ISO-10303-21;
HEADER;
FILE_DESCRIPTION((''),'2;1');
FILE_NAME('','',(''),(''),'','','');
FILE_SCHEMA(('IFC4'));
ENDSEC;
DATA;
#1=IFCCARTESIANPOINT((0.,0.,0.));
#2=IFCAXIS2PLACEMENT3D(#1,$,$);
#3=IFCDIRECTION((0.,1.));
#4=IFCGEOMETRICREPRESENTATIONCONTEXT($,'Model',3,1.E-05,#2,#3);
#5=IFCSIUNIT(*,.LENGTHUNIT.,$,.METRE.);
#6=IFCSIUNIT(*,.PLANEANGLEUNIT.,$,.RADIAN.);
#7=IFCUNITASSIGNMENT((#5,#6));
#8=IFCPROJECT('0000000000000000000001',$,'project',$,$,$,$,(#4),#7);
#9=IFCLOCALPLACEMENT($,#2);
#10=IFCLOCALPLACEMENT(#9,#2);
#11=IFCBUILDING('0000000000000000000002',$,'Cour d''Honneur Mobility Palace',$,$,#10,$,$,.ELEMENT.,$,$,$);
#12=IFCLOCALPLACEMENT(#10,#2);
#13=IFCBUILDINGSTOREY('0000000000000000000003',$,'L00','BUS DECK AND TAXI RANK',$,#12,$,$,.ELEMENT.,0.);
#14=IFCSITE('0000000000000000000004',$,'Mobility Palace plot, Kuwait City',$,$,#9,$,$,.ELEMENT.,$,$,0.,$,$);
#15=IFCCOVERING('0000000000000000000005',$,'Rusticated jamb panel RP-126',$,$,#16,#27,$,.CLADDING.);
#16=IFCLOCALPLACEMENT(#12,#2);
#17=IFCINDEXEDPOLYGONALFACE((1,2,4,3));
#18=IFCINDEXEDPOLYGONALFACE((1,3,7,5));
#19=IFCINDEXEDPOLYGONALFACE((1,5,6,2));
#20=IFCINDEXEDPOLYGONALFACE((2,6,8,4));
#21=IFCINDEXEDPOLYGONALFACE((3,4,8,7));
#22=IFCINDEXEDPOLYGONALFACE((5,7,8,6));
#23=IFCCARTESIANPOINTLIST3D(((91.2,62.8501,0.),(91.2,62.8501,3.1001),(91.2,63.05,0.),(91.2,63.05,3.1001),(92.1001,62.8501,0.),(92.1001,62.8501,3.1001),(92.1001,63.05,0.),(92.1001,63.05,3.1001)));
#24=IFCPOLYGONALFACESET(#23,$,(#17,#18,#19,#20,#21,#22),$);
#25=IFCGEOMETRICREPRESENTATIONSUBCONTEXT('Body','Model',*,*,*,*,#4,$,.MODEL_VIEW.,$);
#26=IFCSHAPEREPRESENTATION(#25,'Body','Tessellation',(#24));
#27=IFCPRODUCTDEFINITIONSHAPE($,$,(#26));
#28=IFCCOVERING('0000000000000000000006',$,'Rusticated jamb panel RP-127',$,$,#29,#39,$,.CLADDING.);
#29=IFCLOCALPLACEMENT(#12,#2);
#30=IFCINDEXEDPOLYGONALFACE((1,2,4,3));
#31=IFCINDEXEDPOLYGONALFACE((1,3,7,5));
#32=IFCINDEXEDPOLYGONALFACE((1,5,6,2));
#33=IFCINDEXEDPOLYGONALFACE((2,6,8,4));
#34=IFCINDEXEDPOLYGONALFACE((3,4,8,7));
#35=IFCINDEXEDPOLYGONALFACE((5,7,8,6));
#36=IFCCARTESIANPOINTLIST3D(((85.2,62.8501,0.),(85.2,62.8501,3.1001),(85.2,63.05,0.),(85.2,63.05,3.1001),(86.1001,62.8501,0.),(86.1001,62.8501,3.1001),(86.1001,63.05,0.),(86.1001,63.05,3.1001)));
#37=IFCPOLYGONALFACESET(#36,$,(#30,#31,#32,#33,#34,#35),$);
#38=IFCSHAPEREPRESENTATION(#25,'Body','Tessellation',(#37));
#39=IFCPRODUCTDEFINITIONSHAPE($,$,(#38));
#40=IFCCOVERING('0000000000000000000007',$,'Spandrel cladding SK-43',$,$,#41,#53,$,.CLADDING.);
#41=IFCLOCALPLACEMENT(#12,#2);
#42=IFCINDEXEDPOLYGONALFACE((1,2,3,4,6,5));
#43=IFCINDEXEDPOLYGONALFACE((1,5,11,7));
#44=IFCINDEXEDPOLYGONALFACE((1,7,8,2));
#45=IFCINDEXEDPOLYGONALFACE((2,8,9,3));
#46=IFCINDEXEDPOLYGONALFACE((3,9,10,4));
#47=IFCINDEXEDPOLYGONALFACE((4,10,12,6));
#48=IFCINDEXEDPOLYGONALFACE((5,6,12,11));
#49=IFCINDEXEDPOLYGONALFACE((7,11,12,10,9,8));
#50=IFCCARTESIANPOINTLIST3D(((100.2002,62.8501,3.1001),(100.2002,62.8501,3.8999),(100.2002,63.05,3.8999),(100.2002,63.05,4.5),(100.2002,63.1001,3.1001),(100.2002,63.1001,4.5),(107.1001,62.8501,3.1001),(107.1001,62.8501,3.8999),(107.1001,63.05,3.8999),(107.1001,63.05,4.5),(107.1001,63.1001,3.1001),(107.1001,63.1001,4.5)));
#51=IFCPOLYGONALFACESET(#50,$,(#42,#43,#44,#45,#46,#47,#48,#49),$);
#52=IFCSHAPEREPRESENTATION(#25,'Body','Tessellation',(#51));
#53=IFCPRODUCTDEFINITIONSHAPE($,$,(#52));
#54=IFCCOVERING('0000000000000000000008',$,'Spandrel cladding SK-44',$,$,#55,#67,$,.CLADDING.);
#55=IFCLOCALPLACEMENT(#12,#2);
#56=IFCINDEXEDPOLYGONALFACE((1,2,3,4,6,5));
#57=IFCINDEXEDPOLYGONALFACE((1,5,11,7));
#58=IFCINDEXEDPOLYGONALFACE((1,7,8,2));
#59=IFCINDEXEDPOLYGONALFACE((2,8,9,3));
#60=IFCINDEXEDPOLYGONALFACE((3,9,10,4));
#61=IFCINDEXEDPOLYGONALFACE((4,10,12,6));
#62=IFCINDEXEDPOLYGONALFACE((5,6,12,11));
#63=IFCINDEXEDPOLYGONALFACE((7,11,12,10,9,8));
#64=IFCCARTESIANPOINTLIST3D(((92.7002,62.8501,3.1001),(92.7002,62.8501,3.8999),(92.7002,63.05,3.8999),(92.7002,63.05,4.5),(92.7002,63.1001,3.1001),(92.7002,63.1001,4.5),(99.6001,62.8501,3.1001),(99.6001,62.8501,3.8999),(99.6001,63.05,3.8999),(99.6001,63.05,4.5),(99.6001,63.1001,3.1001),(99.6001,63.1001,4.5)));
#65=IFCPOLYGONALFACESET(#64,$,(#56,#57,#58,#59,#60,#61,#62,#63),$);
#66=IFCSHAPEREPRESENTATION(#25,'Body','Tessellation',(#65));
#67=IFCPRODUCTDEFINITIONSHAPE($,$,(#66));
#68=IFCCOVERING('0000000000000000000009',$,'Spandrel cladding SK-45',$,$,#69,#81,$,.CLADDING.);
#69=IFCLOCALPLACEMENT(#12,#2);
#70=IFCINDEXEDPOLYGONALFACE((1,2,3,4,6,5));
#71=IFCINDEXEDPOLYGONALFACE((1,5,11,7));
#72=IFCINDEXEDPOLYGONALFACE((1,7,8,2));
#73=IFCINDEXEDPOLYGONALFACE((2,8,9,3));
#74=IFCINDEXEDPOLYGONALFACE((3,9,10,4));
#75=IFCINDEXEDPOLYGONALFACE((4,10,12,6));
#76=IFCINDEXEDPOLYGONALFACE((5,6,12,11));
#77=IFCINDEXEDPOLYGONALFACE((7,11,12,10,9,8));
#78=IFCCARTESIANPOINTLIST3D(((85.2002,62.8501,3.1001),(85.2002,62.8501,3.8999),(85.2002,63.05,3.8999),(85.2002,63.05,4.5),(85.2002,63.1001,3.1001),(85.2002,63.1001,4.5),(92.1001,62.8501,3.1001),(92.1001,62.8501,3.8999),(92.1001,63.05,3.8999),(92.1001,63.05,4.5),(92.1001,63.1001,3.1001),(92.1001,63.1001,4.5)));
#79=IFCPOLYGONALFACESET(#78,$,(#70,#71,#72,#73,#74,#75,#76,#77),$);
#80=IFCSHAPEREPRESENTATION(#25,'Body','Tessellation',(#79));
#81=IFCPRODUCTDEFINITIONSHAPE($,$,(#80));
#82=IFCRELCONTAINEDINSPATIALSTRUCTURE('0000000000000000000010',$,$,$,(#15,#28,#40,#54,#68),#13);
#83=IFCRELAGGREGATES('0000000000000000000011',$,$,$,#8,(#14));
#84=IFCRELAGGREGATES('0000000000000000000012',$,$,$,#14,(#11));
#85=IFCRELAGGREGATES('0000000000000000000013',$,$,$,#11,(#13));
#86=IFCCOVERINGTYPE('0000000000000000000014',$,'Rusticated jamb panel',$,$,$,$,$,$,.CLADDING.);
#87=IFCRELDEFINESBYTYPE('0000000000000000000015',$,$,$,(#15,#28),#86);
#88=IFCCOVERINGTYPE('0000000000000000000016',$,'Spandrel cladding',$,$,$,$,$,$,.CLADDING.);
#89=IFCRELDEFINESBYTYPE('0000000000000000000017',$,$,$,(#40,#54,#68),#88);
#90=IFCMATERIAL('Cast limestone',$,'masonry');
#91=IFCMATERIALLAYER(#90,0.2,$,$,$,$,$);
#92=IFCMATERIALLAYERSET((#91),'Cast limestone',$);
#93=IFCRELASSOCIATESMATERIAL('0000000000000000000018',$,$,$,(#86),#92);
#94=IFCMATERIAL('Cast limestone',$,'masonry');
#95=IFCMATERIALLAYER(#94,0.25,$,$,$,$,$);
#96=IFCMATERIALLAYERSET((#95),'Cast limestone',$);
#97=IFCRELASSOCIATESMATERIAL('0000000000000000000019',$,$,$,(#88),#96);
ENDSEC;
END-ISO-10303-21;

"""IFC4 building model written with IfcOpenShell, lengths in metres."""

from ifc_helpers import new_model, si_unit, direction, frame, origin, place, context, subcontext, project, spatial, polyline, outline, extrude, material, layer, layer_set, type_object, element, save


model = new_model("IFC4")

# Units and contexts
model_context = context("Model", 3, precision=1e-05, world=origin(), true_north=direction((0.0, 1.0)))
body_context = subcontext(model_context, "Body", "Model", "MODEL_VIEW")
ifc_project = project(units=[si_unit("LENGTHUNIT", "METRE"), si_unit("PLANEANGLEUNIT", "RADIAN")], contexts=[model_context])

# Site, building, storey
site_placement = place(None, origin())
site = spatial("IfcSite", under=ifc_project, at=site_placement, Name="Mobility Palace plot, Kuwait City", CompositionType="ELEMENT", RefElevation=0.0)
building_placement = place(site_placement, origin())
building = spatial("IfcBuilding", under=site, at=building_placement, Name="Cour d'Honneur Mobility Palace", CompositionType="ELEMENT")
storey_placement = place(building_placement, origin())
storey = spatial("IfcBuildingStorey", under=building, at=storey_placement, Name="L00", Description="BUS DECK AND TAXI RANK", CompositionType="ELEMENT", Elevation=0.0)

# Coverings
ifc_material_1 = material(Name="Cast limestone", Category="masonry")
ifc_layer_1 = layer(ifc_material_1, 0.2)
ifc_layer_set_1 = layer_set([ifc_layer_1], Name="Cast limestone")
covering_type_1 = type_object("IfcCoveringType", Name="Rusticated jamb panel", PredefinedType="CLADDING", material=ifc_layer_set_1)
for number, where, z_axis, x_axis, name in (
    (1, (92.1001, 63.05, 0.0), (0.0, 1.0, 0.0), (-1.0, 0.0, 0.0), "Rusticated jamb panel RP-126"),
    (2, (86.1001, 63.05, 0.0), (0.0, 1.0, 0.0), (-1.0, 0.0, 0.0), "Rusticated jamb panel RP-127"),
):
    element("IfcCovering", number, at=place(storey_placement, frame(where, z_axis=z_axis, x_axis=x_axis)), inside=storey, type_object=covering_type_1, Name=name, PredefinedType="CLADDING", context=body_context, shape_type="SweptSolid", body=[
        extrude(outline(polyline([(0.0, 0.0), (0.9001, 0.0), (0.9001, 3.1001), (0.0, 3.1001), (0.0, 0.0)])), origin(), (0.0, 0.0, -1.0), 0.2),
    ])
ifc_material_2 = material(Name="Cast limestone", Category="masonry")
ifc_layer_2 = layer(ifc_material_2, 0.25)
ifc_layer_set_2 = layer_set([ifc_layer_2], Name="Cast limestone")
covering_type_2 = type_object("IfcCoveringType", Name="Spandrel cladding", PredefinedType="CLADDING", material=ifc_layer_set_2)
for number, where, z_axis, x_axis, name in (
    (3, (107.1001, 62.8501, 3.1001), (1.0, 0.0, 0.0), (0.0, 1.0, 0.0), "Spandrel cladding SK-43"),
    (4, (99.6001, 62.8501, 3.1001), (1.0, 0.0, 0.0), (0.0, 1.0, 0.0), "Spandrel cladding SK-44"),
    (5, (92.1001, 62.8501, 3.1001), (1.0, 0.0, 0.0), (0.0, 1.0, 0.0), "Spandrel cladding SK-45"),
):
    element("IfcCovering", number, at=place(storey_placement, frame(where, z_axis=z_axis, x_axis=x_axis)), inside=storey, type_object=covering_type_2, Name=name, PredefinedType="CLADDING", context=body_context, shape_type="SweptSolid", body=[
        extrude(outline(polyline([(0.0, 0.0), (0.25, 0.0), (0.25, 1.3999), (0.2, 1.3999), (0.2, 0.7998), (0.0, 0.7998), (0.0, 0.0)])), origin(), (0.0, 0.0, -1.0), 6.8999),
    ])

save(model, "model.ifc")
